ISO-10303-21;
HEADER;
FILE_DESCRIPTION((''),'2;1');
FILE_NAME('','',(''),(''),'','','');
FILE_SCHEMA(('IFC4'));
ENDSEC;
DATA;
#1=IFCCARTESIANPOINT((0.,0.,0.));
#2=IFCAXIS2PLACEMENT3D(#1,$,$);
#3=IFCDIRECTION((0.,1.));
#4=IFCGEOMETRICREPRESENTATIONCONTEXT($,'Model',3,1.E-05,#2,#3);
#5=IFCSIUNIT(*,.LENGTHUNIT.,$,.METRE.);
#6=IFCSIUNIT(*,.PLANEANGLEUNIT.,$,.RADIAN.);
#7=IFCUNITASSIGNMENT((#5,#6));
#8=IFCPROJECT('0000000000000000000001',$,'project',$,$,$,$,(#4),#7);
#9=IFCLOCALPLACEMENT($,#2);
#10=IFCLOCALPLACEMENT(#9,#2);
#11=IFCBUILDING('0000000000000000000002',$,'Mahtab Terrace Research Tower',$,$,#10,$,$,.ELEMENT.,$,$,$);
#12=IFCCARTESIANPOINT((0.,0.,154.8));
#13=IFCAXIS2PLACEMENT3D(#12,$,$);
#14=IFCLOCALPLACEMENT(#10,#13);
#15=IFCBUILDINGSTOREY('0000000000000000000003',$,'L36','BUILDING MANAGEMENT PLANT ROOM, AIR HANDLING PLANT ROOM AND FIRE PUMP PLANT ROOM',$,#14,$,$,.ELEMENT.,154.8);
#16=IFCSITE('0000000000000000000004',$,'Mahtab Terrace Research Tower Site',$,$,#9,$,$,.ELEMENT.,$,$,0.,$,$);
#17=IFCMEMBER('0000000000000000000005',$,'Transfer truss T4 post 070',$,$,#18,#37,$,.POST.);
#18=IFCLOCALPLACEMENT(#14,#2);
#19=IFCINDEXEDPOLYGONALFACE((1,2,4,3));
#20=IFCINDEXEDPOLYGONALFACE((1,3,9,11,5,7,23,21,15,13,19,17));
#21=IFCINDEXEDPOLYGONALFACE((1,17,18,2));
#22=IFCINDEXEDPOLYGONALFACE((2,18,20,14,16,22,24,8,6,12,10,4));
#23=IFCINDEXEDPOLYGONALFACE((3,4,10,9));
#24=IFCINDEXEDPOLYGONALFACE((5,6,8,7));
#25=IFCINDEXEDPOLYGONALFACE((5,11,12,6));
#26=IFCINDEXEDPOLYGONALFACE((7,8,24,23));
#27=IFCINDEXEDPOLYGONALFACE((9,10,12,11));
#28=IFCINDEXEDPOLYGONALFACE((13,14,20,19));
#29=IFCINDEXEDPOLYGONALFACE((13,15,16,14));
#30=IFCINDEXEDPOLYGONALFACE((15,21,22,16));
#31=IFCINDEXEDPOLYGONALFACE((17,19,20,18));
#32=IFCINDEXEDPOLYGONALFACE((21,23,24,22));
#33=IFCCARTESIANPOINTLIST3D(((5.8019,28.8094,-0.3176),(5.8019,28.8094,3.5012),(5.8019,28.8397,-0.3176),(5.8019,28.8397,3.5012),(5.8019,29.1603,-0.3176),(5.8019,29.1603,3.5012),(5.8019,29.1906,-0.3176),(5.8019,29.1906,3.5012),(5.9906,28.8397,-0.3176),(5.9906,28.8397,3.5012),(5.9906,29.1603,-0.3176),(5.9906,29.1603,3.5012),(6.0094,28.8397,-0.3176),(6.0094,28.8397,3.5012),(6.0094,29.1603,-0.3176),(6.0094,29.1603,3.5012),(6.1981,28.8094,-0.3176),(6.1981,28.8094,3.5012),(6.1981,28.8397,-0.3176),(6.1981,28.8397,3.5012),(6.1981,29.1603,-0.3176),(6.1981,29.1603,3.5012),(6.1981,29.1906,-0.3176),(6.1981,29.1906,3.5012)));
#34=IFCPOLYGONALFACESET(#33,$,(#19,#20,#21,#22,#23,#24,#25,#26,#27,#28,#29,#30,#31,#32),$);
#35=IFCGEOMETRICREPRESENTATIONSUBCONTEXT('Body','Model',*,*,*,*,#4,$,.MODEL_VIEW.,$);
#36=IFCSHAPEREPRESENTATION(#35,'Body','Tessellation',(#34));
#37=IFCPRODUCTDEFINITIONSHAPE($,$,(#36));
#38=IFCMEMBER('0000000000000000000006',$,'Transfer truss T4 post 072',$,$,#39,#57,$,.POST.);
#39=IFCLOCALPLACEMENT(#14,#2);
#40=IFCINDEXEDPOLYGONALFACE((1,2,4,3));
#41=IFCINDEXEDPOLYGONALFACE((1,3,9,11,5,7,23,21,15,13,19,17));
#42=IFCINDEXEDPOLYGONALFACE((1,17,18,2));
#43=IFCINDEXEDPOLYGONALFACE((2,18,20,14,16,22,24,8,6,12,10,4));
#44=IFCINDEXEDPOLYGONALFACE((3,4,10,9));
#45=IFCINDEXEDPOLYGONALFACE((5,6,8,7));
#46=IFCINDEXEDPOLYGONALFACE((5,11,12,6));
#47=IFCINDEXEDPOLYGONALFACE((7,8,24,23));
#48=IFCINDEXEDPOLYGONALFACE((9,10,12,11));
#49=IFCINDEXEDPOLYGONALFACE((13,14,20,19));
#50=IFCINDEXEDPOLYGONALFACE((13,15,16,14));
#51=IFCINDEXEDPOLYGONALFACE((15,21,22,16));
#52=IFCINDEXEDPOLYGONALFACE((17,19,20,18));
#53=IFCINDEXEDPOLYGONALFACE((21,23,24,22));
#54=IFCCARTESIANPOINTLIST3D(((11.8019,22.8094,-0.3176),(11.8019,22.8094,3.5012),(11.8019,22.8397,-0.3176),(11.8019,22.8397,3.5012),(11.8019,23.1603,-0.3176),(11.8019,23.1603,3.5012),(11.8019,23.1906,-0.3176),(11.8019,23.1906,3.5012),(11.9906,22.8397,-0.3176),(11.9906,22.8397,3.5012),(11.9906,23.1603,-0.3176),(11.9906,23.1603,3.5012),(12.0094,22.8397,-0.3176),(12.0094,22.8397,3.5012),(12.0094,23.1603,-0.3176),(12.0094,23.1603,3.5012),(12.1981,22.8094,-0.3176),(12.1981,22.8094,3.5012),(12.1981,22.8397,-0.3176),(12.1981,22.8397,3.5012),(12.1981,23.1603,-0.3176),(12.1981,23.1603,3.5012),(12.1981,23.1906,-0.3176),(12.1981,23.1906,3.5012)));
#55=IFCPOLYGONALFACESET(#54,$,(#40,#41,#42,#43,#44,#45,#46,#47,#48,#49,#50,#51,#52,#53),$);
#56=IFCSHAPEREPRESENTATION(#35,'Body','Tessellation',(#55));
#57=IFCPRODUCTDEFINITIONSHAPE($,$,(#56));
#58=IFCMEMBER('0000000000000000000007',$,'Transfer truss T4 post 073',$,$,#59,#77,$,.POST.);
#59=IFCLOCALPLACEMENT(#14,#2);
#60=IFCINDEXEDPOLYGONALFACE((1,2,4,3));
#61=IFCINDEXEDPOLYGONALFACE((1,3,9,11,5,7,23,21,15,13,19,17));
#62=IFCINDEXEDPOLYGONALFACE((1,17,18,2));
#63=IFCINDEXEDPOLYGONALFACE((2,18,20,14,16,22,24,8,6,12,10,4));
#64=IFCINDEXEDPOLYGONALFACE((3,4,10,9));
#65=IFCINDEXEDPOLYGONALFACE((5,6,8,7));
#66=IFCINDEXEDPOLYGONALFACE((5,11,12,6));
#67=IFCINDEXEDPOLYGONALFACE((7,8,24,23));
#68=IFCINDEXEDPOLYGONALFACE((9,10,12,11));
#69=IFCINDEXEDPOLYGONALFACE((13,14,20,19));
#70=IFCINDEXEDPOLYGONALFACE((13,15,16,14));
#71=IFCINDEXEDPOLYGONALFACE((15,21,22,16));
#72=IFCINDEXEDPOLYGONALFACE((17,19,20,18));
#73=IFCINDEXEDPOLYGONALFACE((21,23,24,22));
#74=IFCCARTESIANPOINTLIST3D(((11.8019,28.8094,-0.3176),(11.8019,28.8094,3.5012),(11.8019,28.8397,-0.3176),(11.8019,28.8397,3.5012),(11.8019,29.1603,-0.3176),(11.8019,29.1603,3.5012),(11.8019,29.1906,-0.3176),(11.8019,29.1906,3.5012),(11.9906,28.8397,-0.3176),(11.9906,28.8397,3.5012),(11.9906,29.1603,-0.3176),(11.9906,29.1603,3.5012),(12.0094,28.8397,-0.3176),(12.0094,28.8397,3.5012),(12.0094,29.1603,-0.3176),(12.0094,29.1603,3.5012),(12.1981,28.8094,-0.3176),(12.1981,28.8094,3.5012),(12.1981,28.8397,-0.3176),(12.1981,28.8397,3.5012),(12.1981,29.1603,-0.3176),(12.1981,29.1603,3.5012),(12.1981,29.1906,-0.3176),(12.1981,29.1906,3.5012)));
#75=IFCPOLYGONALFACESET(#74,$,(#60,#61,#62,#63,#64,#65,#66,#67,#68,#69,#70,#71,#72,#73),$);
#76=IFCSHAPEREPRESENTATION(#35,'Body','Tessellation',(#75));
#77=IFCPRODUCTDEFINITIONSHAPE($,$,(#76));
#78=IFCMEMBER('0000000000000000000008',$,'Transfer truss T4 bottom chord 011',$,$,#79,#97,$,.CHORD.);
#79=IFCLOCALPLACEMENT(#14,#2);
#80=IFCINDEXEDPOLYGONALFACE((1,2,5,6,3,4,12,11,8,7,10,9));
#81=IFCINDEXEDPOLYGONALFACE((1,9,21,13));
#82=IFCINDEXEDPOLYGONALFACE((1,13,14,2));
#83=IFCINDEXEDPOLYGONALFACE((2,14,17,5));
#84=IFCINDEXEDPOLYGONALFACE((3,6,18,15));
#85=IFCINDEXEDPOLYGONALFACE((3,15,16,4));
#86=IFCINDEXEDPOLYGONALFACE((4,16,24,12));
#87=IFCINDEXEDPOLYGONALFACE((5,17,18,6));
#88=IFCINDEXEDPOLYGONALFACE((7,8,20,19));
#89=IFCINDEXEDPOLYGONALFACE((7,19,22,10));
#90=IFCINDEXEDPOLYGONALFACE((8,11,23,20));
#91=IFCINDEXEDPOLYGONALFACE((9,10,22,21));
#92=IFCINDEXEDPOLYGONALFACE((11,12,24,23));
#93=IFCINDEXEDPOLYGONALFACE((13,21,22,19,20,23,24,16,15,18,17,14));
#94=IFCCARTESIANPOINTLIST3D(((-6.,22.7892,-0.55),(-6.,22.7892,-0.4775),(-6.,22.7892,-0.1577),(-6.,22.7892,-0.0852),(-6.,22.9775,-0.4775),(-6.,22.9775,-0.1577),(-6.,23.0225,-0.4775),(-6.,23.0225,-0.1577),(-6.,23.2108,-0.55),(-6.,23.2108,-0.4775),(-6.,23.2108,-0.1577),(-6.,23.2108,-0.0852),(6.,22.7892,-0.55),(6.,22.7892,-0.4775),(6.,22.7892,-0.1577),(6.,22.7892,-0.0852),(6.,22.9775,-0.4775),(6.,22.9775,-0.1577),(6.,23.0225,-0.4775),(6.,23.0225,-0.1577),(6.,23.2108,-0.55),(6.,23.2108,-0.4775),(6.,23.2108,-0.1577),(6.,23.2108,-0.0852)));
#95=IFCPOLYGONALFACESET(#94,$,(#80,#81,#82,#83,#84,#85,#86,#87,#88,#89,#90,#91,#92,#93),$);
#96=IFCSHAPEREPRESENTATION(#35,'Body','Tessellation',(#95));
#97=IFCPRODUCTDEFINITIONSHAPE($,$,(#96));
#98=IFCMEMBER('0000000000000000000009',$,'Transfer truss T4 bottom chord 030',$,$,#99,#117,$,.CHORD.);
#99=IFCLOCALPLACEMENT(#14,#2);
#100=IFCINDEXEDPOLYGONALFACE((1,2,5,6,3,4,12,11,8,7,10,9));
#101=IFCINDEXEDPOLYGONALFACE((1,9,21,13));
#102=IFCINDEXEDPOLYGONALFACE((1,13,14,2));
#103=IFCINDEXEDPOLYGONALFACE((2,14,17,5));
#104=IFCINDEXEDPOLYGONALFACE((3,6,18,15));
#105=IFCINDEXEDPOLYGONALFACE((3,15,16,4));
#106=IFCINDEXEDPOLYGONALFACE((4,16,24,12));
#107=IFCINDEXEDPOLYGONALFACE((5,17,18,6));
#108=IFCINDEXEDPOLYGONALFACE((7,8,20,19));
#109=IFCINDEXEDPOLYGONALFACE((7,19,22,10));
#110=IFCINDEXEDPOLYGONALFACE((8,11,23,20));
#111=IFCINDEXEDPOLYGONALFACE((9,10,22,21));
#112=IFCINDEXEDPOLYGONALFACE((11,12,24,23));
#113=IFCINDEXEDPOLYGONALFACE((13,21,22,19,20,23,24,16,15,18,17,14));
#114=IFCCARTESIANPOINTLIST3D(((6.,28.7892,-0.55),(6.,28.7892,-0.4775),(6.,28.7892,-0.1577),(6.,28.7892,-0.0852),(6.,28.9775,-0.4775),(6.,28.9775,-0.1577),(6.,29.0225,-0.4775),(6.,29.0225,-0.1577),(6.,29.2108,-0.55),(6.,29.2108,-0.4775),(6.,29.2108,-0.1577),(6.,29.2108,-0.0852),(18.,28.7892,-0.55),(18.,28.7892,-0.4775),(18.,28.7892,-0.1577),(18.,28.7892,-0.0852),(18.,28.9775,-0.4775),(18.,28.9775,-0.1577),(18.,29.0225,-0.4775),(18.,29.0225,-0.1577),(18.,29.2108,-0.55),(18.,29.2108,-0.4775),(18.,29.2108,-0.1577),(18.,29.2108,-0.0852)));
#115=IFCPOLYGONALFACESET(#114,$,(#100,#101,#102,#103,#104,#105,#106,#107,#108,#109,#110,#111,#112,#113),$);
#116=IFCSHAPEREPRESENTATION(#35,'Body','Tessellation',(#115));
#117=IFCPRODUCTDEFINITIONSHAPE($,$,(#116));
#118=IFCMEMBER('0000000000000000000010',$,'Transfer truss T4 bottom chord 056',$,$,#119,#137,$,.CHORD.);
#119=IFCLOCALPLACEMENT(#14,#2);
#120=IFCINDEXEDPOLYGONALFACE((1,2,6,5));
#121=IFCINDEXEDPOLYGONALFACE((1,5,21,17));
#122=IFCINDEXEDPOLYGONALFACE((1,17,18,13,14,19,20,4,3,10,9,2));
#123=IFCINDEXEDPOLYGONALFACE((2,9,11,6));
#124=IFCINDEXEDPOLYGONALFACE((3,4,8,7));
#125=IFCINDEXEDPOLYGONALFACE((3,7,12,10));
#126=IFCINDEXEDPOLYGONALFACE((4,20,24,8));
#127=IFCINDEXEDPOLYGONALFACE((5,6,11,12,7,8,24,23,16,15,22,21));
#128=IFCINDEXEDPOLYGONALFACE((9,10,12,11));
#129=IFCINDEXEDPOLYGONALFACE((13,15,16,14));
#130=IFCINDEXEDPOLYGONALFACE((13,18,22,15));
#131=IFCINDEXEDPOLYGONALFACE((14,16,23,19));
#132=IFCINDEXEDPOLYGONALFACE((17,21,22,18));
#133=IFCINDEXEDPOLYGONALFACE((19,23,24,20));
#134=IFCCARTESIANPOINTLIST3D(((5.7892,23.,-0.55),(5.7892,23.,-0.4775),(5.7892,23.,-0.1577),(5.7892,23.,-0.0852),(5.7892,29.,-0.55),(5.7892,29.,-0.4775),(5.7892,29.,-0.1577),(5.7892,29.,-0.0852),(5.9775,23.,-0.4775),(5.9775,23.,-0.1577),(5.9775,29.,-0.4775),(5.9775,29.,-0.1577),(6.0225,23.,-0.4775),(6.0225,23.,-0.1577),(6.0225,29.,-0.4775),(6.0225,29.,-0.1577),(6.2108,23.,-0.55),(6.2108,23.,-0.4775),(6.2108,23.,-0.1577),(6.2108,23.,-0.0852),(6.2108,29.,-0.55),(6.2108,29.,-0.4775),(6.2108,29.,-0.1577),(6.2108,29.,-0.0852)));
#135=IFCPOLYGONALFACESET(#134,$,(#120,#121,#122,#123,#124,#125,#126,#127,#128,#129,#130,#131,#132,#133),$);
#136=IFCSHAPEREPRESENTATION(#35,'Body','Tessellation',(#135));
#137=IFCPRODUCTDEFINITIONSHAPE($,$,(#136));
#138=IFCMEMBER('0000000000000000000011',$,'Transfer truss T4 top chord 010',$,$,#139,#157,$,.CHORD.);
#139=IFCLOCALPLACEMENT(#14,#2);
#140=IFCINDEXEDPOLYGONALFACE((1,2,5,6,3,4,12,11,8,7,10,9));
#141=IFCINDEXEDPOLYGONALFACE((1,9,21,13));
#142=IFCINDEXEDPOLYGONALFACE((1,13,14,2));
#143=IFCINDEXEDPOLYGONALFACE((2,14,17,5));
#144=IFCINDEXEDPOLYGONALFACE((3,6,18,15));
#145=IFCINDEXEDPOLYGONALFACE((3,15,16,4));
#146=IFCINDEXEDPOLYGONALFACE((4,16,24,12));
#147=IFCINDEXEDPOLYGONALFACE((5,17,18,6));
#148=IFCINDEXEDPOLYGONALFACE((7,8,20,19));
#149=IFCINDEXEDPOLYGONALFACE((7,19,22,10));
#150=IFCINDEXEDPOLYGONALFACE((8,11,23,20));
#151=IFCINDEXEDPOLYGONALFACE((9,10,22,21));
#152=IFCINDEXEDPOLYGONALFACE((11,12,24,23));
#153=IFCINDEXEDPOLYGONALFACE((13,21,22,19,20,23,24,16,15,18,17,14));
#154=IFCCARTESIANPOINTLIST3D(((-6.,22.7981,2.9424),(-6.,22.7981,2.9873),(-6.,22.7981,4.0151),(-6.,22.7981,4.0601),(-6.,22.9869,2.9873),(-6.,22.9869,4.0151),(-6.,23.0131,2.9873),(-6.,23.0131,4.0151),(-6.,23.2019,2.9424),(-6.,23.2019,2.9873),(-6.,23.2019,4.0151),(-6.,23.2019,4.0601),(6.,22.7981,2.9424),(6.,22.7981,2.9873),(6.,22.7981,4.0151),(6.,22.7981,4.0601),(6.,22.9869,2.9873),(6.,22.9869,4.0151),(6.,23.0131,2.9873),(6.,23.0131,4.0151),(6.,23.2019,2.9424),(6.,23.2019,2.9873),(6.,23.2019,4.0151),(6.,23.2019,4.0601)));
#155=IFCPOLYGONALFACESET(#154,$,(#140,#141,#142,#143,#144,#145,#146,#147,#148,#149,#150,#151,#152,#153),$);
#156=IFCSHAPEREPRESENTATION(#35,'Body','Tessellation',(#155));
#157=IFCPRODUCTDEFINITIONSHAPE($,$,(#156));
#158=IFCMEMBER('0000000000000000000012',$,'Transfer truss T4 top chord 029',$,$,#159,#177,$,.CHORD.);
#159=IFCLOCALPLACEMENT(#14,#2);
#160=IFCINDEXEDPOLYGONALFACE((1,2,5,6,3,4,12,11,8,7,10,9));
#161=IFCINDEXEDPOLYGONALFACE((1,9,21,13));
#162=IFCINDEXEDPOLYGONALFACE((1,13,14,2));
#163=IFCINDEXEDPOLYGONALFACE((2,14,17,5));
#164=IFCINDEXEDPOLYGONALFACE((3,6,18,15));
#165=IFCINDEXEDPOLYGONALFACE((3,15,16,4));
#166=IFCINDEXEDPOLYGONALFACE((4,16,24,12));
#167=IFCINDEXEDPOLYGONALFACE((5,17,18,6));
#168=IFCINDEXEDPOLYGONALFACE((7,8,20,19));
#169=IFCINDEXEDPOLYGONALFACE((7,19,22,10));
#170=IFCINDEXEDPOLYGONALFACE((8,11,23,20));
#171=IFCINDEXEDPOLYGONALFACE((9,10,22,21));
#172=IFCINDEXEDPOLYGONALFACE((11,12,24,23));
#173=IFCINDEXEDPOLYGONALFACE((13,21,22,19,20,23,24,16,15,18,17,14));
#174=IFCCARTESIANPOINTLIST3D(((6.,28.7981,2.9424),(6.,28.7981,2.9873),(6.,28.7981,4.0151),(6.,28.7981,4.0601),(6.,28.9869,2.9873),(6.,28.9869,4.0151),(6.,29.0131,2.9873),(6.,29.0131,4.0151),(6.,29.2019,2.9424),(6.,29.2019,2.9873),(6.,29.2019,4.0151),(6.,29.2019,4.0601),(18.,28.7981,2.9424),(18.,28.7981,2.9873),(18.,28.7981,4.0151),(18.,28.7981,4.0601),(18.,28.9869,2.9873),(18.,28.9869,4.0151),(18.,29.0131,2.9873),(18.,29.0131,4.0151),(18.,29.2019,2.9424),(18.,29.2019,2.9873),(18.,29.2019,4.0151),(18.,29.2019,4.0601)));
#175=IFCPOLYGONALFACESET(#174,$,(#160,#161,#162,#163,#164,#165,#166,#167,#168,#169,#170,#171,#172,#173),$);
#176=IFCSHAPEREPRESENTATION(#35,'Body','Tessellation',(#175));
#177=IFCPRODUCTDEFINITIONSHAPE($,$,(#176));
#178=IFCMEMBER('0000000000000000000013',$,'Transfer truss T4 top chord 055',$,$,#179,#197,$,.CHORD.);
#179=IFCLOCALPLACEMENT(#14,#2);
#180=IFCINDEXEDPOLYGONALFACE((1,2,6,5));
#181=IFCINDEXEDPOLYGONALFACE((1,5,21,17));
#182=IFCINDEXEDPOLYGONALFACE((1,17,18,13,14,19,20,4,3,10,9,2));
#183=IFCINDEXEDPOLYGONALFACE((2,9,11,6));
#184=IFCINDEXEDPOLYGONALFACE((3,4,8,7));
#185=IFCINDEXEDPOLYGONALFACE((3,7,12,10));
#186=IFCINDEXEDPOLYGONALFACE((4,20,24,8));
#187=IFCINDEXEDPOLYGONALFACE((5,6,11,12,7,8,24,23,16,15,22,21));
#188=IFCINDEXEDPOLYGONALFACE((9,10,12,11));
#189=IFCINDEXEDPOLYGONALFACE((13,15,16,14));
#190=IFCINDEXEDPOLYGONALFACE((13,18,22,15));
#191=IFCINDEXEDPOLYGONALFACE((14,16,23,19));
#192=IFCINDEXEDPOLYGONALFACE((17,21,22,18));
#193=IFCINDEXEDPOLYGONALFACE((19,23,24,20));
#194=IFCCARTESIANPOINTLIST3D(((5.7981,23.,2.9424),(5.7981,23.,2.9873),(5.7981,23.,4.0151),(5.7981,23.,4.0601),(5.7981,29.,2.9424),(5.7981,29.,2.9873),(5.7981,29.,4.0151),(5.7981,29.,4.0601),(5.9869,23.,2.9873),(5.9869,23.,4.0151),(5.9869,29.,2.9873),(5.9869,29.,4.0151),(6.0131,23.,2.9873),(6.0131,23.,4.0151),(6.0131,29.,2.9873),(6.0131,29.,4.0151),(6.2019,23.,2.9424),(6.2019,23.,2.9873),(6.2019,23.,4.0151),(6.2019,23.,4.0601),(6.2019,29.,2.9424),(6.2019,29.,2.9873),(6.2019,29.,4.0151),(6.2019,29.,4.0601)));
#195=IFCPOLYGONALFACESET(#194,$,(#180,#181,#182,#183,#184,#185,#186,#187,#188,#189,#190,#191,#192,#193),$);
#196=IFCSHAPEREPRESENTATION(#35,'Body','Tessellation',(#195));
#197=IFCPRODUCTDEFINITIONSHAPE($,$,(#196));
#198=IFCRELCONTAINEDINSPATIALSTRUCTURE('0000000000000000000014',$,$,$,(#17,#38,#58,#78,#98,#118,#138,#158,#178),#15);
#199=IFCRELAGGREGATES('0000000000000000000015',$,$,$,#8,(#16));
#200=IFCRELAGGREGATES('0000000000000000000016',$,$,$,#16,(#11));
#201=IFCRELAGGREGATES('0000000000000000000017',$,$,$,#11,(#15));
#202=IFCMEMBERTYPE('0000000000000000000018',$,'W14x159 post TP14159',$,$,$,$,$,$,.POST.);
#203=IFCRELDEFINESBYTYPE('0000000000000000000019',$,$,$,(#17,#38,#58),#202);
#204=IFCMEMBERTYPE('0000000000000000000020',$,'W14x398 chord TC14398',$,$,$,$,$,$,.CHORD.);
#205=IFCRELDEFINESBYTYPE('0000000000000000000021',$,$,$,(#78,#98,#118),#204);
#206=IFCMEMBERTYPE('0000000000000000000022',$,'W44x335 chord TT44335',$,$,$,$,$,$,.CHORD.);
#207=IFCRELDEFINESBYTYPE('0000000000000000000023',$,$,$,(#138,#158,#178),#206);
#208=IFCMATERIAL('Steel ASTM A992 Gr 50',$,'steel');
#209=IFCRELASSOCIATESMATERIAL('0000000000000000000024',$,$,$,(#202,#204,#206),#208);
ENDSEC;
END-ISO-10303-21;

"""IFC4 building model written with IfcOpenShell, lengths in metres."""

from ifc_helpers import new_model, si_unit, direction, frame, origin, origin_2d, place, context, subcontext, project, spatial, i_section, extrude, material, material_profile, profile_set, type_object, element, save


model = new_model("IFC4")

# Units and contexts
model_context = context("Model", 3, precision=1e-05, world=origin(), true_north=direction((0.0, 1.0)))
body_context = subcontext(model_context, "Body", "Model", "MODEL_VIEW")
ifc_project = project(units=[si_unit("LENGTHUNIT", "METRE"), si_unit("PLANEANGLEUNIT", "RADIAN")], contexts=[model_context])

# Site, building, storey
site_placement = place(None, origin())
site = spatial("IfcSite", under=ifc_project, at=site_placement, Name="Mahtab Terrace Research Tower Site", CompositionType="ELEMENT", RefElevation=0.0)
building_placement = place(site_placement, origin())
building = spatial("IfcBuilding", under=site, at=building_placement, Name="Mahtab Terrace Research Tower", CompositionType="ELEMENT")
storey_placement = place(building_placement, frame((0.0, 0.0, 154.8)))
storey = spatial("IfcBuildingStorey", under=building, at=storey_placement, Name="L36", Description="BUILDING MANAGEMENT PLANT ROOM, AIR HANDLING PLANT ROOM AND FIRE PUMP PLANT ROOM", CompositionType="ELEMENT", Elevation=154.8)

# Shared definitions
ifc_material_1 = material(Name="Steel ASTM A992 Gr 50", Category="steel")

# Members
ifc_material_profile_1 = material_profile(ifc_material_1, i_section(OverallWidth=0.3962, OverallDepth=0.3811, WebThickness=0.0188, FlangeThickness=0.0303, at=origin_2d()), Name="W14X159")
ifc_profile_set_1 = profile_set([ifc_material_profile_1], Name="Steel ASTM A992 Gr 50")
member_type_1 = type_object("IfcMemberType", Name="W14x159 post TP14159", PredefinedType="POST", material=ifc_profile_set_1)
for number, where, z_axis, x_axis, name in (
    (1, (6.0, 29.0, -0.3176), (0.0, 0.0, 1.0), (1.0, 0.0, 0.0), "Transfer truss T4 post 070"),
    (2, (12.0, 23.0, -0.3176), (0.0, 0.0, 1.0), (1.0, 0.0, 0.0), "Transfer truss T4 post 072"),
    (3, (12.0, 29.0, -0.3176), (0.0, 0.0, 1.0), (1.0, 0.0, 0.0), "Transfer truss T4 post 073"),
):
    element("IfcMember", number, at=place(storey_placement, frame(where, z_axis=z_axis, x_axis=x_axis)), inside=storey, type_object=member_type_1, Name=name, PredefinedType="POST", context=body_context, shape_type="SweptSolid", body=[
        extrude(i_section(OverallWidth=0.3962, OverallDepth=0.3811, WebThickness=0.0188, FlangeThickness=0.0303, at=origin_2d()), origin(), (0.0, 0.0, 1.0), 3.8188),
    ])
ifc_material_profile_2 = material_profile(ifc_material_1, i_section(OverallWidth=0.4216, OverallDepth=0.4648, WebThickness=0.0449, FlangeThickness=0.0725, at=origin_2d()), Name="W14X398")
ifc_profile_set_2 = profile_set([ifc_material_profile_2], Name="Steel ASTM A992 Gr 50")
member_type_2 = type_object("IfcMemberType", Name="W14x398 chord TC14398", PredefinedType="CHORD", material=ifc_profile_set_2)
for number, where, z_axis, x_axis, name in (
    (4, (6.0, 23.0, -0.3176), (-1.0, 0.0, 0.0), (0.0, -1.0, 0.0), "Transfer truss T4 bottom chord 011"),
    (5, (6.0, 29.0, -0.3176), (1.0, 0.0, 0.0), (0.0, 1.0, 0.0), "Transfer truss T4 bottom chord 030"),
):
    element("IfcMember", number, at=place(storey_placement, frame(where, z_axis=z_axis, x_axis=x_axis)), inside=storey, type_object=member_type_2, Name=name, PredefinedType="CHORD", context=body_context, shape_type="SweptSolid", body=[
        extrude(i_section(OverallWidth=0.4216, OverallDepth=0.4648, WebThickness=0.0449, FlangeThickness=0.0725, at=origin_2d()), origin(), (0.0, 0.0, 1.0), 12.0),
    ])
member_1_placement = place(storey_placement, frame((6.0, 23.0, -0.3176), z_axis=(0.0, 1.0, 0.0), x_axis=(-1.0, 0.0, 0.0)))
element("IfcMember", 6, at=member_1_placement, inside=storey, type_object=member_type_2, Name="Transfer truss T4 bottom chord 056", PredefinedType="CHORD", context=body_context, shape_type="SweptSolid", body=[
    extrude(i_section(OverallWidth=0.4216, OverallDepth=0.4648, WebThickness=0.0449, FlangeThickness=0.0725, at=origin_2d()), origin(), (0.0, 0.0, 1.0), 6.0),
])
ifc_material_profile_3 = material_profile(ifc_material_1, i_section(OverallWidth=0.4038, OverallDepth=1.1177, WebThickness=0.0261, FlangeThickness=0.0449, at=origin_2d()), Name="W44X335")
ifc_profile_set_3 = profile_set([ifc_material_profile_3], Name="Steel ASTM A992 Gr 50")
member_type_3 = type_object("IfcMemberType", Name="W44x335 chord TT44335", PredefinedType="CHORD", material=ifc_profile_set_3)
for number, where, z_axis, x_axis, name in (
    (7, (6.0, 23.0, 3.5012), (-1.0, 0.0, 0.0), (0.0, -1.0, 0.0), "Transfer truss T4 top chord 010"),
    (8, (6.0, 29.0, 3.5012), (1.0, 0.0, 0.0), (0.0, 1.0, 0.0), "Transfer truss T4 top chord 029"),
):
    element("IfcMember", number, at=place(storey_placement, frame(where, z_axis=z_axis, x_axis=x_axis)), inside=storey, type_object=member_type_3, Name=name, PredefinedType="CHORD", context=body_context, shape_type="SweptSolid", body=[
        extrude(i_section(OverallWidth=0.4038, OverallDepth=1.1177, WebThickness=0.0261, FlangeThickness=0.0449, at=origin_2d()), origin(), (0.0, 0.0, 1.0), 12.0),
    ])
member_2_placement = place(storey_placement, frame((6.0, 23.0, 3.5012), z_axis=(0.0, 1.0, 0.0), x_axis=(-1.0, 0.0, 0.0)))
element("IfcMember", 9, at=member_2_placement, inside=storey, type_object=member_type_3, Name="Transfer truss T4 top chord 055", PredefinedType="CHORD", context=body_context, shape_type="SweptSolid", body=[
    extrude(i_section(OverallWidth=0.4038, OverallDepth=1.1177, WebThickness=0.0261, FlangeThickness=0.0449, at=origin_2d()), origin(), (0.0, 0.0, 1.0), 6.0),
])

save(model, "model.ifc")
